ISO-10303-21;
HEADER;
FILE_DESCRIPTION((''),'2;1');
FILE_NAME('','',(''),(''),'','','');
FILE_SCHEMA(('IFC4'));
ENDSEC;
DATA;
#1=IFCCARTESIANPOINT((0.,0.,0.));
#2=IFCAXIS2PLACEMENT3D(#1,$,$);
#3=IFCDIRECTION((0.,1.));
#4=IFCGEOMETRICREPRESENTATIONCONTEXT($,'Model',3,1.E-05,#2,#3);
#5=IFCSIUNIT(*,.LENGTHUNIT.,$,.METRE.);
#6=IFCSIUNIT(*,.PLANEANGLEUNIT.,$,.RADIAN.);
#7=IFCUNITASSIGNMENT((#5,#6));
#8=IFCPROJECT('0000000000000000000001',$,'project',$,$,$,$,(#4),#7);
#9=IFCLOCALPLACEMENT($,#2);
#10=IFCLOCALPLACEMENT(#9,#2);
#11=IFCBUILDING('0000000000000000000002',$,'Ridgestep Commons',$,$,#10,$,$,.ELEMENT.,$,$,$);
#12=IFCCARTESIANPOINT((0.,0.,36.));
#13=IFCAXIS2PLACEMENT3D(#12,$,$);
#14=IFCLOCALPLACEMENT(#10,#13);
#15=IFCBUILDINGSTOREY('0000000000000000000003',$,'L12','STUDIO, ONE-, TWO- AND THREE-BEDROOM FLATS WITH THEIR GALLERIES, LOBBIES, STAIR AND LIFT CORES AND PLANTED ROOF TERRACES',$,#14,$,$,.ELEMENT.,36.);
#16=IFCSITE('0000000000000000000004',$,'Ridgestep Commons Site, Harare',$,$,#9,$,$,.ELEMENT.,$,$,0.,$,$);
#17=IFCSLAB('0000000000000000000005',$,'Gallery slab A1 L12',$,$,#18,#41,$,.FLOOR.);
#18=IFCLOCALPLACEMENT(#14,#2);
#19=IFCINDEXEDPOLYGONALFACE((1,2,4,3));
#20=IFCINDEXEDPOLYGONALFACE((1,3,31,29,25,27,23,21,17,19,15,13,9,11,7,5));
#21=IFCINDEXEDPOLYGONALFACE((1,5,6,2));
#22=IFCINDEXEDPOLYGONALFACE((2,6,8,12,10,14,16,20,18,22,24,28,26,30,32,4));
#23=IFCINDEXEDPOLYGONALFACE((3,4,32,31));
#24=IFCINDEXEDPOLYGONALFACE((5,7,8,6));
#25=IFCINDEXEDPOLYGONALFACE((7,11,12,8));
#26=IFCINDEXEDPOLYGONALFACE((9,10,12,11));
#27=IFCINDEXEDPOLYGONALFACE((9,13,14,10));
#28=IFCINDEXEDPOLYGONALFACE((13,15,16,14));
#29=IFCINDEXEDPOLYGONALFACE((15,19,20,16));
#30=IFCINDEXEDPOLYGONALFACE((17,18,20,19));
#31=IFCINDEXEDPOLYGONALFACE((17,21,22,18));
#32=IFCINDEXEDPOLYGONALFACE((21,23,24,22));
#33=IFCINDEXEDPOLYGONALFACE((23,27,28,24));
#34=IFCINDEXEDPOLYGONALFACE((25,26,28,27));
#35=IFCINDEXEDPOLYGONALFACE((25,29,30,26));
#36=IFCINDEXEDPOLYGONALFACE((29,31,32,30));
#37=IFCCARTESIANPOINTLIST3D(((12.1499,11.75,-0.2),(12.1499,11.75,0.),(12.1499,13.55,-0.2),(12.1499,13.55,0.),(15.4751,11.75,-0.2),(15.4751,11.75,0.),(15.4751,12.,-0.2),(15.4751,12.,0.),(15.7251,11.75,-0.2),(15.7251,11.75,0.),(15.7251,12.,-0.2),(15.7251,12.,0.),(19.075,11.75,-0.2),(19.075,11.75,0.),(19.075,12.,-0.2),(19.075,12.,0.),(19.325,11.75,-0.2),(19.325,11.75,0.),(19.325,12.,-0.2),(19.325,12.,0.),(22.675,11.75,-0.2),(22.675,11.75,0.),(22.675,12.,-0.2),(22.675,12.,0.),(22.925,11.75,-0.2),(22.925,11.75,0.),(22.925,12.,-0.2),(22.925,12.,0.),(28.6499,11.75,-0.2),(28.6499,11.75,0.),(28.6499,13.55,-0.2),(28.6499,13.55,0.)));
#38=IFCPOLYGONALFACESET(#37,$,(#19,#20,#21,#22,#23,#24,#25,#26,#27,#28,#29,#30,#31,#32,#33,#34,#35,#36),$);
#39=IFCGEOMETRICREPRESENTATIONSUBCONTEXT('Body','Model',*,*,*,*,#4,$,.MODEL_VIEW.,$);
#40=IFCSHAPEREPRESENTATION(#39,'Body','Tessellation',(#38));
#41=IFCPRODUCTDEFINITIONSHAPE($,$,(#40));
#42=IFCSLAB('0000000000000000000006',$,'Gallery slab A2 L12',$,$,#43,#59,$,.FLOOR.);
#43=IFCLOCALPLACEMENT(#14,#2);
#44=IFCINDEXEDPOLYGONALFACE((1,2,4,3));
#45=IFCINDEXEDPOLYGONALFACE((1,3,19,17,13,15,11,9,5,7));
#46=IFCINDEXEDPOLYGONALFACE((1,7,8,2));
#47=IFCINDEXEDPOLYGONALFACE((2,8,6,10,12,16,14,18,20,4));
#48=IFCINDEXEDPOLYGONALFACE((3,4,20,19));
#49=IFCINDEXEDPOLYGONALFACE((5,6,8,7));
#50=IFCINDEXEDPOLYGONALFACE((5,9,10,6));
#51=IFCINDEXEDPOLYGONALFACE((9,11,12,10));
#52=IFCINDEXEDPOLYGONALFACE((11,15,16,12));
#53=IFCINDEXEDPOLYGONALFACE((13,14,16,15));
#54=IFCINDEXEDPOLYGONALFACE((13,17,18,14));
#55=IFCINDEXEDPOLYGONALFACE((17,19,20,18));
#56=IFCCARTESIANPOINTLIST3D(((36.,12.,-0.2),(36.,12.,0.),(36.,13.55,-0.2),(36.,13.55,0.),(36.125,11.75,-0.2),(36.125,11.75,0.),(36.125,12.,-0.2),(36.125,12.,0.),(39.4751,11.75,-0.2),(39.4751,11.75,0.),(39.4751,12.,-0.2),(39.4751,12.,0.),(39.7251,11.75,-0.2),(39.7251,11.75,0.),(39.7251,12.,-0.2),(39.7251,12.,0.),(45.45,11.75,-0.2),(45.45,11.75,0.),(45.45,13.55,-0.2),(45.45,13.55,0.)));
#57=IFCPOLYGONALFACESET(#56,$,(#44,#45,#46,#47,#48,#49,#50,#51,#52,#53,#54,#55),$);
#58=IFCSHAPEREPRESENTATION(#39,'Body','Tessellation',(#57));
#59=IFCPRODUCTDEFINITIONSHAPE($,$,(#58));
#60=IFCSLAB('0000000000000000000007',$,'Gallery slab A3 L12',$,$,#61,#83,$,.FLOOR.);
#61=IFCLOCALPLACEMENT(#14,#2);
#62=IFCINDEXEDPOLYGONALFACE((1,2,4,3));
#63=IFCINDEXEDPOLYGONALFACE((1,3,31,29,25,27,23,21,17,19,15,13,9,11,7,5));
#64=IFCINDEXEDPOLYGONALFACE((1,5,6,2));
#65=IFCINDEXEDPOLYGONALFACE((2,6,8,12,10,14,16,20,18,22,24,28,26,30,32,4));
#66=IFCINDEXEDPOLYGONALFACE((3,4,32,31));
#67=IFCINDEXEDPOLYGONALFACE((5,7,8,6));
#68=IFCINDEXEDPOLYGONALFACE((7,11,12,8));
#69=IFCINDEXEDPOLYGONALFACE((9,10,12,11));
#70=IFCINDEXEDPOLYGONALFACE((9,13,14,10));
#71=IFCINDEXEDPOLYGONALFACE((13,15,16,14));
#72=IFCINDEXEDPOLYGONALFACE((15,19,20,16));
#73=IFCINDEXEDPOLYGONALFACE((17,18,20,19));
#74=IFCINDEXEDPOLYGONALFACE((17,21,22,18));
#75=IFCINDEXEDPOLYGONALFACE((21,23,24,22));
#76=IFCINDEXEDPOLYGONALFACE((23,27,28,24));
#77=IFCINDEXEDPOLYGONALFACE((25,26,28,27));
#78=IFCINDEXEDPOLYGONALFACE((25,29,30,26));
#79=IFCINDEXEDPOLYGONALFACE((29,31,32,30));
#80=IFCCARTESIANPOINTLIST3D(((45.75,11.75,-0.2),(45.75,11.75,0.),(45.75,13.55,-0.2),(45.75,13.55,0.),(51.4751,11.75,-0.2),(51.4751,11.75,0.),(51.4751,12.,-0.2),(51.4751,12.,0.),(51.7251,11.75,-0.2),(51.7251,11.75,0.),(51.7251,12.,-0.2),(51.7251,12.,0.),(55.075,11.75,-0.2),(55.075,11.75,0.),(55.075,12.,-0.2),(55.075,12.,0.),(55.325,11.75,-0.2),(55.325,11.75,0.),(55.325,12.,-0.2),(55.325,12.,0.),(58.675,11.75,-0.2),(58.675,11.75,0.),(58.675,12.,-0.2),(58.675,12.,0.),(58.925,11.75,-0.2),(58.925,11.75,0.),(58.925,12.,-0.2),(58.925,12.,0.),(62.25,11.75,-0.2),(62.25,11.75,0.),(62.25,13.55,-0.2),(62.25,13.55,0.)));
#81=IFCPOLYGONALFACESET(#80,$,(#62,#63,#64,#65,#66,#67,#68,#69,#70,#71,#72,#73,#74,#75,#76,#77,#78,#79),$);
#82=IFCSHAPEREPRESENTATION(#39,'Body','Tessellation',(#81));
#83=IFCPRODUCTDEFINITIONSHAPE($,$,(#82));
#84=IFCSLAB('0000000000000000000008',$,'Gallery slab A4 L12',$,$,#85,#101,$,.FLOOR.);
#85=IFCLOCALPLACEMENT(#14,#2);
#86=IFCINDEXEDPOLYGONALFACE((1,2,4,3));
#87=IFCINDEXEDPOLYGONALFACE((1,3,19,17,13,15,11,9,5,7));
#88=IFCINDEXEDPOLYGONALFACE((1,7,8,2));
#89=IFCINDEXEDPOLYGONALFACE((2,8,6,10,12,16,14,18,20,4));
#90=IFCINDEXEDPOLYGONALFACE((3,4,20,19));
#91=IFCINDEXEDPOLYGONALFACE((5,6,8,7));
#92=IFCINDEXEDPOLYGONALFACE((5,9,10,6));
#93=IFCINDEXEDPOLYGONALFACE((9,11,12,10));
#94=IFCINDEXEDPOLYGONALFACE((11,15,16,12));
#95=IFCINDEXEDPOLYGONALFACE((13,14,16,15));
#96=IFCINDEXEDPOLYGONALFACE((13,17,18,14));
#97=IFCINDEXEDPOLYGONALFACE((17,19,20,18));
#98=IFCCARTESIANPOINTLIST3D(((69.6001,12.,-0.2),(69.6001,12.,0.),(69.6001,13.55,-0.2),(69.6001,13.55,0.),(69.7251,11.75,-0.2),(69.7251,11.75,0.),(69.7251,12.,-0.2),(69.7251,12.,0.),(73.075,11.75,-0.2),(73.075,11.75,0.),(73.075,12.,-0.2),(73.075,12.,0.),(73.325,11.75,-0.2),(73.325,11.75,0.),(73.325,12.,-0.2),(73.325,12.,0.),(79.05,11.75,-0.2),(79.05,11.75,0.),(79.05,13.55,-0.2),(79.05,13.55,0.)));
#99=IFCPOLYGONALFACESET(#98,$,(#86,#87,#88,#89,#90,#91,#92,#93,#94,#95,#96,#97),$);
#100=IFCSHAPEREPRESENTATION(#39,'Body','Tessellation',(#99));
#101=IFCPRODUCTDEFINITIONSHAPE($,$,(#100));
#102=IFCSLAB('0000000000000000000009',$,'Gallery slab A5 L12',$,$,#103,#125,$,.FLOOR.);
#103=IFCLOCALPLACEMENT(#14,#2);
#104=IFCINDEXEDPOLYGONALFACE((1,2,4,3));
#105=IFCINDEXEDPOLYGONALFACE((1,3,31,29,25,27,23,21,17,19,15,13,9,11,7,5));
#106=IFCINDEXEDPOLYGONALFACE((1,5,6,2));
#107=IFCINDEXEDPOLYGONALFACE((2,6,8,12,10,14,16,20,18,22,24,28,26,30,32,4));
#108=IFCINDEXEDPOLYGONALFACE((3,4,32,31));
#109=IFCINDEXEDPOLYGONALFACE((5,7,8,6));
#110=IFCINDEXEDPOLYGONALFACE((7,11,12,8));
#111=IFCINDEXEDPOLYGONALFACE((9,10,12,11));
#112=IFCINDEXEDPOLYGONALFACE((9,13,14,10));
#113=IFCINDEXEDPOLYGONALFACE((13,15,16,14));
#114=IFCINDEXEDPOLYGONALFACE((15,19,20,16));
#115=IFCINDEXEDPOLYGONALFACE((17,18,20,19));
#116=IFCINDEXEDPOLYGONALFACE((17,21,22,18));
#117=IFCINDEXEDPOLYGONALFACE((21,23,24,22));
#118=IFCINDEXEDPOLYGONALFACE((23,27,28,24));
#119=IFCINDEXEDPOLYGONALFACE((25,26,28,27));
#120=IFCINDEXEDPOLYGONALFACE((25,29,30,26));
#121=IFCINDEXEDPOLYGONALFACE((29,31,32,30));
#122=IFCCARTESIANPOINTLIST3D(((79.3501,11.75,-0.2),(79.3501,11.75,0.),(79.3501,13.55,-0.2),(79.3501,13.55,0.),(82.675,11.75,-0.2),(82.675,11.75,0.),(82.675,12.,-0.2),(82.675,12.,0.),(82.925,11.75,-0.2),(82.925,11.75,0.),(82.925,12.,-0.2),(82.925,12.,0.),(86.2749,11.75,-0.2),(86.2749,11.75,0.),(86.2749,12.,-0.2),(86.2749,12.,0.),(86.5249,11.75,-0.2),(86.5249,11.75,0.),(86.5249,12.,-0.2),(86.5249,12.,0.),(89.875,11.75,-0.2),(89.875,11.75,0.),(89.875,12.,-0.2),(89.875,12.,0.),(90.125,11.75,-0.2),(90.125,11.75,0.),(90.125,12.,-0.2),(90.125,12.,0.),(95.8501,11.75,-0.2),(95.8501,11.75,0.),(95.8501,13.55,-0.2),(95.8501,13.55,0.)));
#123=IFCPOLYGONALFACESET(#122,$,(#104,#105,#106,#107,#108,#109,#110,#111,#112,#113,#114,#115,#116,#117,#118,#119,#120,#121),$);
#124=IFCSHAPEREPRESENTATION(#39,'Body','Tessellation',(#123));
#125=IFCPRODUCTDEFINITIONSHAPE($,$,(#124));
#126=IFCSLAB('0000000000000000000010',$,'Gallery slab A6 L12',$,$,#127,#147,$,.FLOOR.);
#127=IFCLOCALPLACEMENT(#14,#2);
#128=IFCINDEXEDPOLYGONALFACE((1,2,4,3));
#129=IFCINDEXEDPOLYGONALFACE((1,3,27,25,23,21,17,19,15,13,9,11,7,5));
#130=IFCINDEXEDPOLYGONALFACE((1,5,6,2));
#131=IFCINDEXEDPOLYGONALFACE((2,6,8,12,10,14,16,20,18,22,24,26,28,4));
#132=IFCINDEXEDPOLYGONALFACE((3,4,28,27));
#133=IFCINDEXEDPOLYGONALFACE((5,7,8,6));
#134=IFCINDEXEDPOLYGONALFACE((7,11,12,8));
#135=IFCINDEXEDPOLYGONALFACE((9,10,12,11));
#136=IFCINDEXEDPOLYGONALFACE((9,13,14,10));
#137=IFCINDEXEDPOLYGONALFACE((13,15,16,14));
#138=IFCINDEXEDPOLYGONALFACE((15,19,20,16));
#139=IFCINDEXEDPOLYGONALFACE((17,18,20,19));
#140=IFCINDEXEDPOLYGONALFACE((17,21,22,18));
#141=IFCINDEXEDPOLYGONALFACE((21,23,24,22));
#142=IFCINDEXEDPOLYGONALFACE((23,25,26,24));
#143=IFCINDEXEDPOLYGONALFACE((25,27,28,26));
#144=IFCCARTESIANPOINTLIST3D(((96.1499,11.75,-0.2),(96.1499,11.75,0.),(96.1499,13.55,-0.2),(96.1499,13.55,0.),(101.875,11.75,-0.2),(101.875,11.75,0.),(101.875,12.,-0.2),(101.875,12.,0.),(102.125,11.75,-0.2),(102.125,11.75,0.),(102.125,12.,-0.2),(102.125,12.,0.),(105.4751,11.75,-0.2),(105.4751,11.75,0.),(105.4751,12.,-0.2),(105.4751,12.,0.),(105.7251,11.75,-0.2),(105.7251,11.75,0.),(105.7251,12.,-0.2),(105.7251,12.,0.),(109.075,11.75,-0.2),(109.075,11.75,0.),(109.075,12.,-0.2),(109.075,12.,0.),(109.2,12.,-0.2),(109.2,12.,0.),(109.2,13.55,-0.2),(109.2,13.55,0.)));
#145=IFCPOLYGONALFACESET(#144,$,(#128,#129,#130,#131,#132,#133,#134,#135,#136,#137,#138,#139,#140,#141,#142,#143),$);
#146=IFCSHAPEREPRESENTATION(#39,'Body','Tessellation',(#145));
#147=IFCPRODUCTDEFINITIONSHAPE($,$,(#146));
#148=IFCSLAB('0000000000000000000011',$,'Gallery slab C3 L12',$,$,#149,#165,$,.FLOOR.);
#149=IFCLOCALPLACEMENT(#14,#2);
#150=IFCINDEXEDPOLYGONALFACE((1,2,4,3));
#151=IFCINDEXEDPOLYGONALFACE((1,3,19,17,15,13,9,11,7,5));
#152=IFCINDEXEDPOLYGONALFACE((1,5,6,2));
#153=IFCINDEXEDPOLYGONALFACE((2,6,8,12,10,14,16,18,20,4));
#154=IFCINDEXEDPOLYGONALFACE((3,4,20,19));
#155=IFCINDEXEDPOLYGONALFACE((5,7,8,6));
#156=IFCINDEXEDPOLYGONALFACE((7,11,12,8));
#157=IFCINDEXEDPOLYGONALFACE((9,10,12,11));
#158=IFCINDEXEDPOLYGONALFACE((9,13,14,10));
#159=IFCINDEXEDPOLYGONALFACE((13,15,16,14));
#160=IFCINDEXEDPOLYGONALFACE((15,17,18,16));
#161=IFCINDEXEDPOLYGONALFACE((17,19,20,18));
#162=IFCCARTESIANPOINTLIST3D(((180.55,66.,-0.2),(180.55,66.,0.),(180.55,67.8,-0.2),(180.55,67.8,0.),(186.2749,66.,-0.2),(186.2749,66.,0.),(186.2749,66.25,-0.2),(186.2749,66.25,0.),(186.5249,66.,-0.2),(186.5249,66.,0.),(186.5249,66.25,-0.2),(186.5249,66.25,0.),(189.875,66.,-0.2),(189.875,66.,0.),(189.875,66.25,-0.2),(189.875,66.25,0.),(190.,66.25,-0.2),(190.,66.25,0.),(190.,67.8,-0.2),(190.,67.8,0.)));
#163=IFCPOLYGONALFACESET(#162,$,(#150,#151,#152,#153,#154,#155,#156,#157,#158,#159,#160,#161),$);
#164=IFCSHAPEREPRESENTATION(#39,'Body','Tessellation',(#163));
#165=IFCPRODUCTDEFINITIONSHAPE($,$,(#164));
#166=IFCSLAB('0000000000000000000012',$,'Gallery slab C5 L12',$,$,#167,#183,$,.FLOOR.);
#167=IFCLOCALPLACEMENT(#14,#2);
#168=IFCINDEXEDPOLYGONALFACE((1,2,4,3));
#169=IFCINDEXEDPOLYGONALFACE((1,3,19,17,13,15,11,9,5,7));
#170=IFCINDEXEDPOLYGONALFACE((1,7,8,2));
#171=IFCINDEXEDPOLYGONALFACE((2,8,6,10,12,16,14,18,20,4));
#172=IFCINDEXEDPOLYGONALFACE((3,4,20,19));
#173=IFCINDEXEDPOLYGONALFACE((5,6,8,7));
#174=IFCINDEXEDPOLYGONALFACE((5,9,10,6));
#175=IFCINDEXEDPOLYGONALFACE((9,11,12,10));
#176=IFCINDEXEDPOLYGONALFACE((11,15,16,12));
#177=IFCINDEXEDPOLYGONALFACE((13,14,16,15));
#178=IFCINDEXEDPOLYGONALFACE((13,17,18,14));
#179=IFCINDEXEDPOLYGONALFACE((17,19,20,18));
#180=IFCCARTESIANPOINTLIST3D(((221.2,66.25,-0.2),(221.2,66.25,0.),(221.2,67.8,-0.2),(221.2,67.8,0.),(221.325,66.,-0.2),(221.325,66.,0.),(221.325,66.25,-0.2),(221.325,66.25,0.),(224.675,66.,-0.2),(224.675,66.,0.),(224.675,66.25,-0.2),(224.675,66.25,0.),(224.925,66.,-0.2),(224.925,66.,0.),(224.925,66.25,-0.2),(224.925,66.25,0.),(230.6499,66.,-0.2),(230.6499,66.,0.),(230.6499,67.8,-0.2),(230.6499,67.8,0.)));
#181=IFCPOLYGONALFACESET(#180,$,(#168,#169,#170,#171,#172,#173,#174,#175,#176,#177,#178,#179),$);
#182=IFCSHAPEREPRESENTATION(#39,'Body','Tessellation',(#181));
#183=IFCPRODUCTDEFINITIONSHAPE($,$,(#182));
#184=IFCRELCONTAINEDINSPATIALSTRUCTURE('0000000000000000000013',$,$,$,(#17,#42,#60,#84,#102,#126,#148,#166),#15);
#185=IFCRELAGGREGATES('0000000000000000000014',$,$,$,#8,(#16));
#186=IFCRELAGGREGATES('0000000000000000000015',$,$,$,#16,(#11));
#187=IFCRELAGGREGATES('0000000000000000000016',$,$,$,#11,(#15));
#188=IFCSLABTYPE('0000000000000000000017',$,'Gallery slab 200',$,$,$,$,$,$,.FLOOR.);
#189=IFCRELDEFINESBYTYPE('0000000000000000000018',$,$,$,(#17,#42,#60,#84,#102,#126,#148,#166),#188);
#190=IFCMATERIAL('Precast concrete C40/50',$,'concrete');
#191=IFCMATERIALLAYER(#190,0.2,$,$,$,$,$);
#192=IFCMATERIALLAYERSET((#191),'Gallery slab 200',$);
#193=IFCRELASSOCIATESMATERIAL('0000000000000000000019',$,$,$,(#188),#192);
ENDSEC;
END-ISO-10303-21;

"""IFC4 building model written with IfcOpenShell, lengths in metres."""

from ifc_helpers import new_model, si_unit, direction, frame, origin, place, context, subcontext, project, spatial, polyline, outline, extrude, material, layer, layer_set, type_object, element, save


model = new_model("IFC4")

# Units and contexts
model_context = context("Model", 3, precision=1e-05, world=origin(), true_north=direction((0.0, 1.0)))
body_context = subcontext(model_context, "Body", "Model", "MODEL_VIEW")
ifc_project = project(units=[si_unit("LENGTHUNIT", "METRE"), si_unit("PLANEANGLEUNIT", "RADIAN")], contexts=[model_context])

# Site, building, storey
site_placement = place(None, origin())
site = spatial("IfcSite", under=ifc_project, at=site_placement, Name="Ridgestep Commons Site, Harare", CompositionType="ELEMENT", RefElevation=0.0)
building_placement = place(site_placement, origin())
building = spatial("IfcBuilding", under=site, at=building_placement, Name="Ridgestep Commons", CompositionType="ELEMENT")
storey_placement = place(building_placement, frame((0.0, 0.0, 36.0)))
storey = spatial("IfcBuildingStorey", under=building, at=storey_placement, Name="L12", Description="STUDIO, ONE-, TWO- AND THREE-BEDROOM FLATS WITH THEIR GALLERIES, LOBBIES, STAIR AND LIFT CORES AND PLANTED ROOF TERRACES", CompositionType="ELEMENT", Elevation=36.0)

# Slabs
ifc_material_1 = material(Name="Precast concrete C40/50", Category="concrete")
ifc_layer_1 = layer(ifc_material_1, 0.2)
ifc_layer_set_1 = layer_set([ifc_layer_1], Name="Gallery slab 200")
slab_type_1 = type_object("IfcSlabType", Name="Gallery slab 200", PredefinedType="FLOOR", material=ifc_layer_set_1)
slab_1_placement = place(storey_placement, frame((0.0, 0.0, -0.2)))
element("IfcSlab", 1, at=slab_1_placement, inside=storey, type_object=slab_type_1, Name="Gallery slab A1 L12", PredefinedType="FLOOR", context=body_context, shape_type="SweptSolid", body=[
    extrude(outline(polyline([(28.6499, 13.55), (12.1499, 13.55), (12.1499, 11.75), (15.4751, 11.75), (15.4751, 12.0), (15.7251, 12.0), (15.7251, 11.75), (19.075, 11.75), (19.075, 12.0), (19.325, 12.0), (19.325, 11.75), (22.675, 11.75), (22.675, 12.0), (22.925, 12.0), (22.925, 11.75), (28.6499, 11.75), (28.6499, 13.55)])), origin(), (0.0, 0.0, 1.0), 0.2),
])
slab_2_placement = place(storey_placement, frame((0.0, 0.0, -0.2)))
element("IfcSlab", 2, at=slab_2_placement, inside=storey, type_object=slab_type_1, Name="Gallery slab A2 L12", PredefinedType="FLOOR", context=body_context, shape_type="SweptSolid", body=[
    extrude(outline(polyline([(45.45, 13.55), (36.0, 13.55), (36.0, 12.0), (36.125, 12.0), (36.125, 11.75), (39.4751, 11.75), (39.4751, 12.0), (39.7251, 12.0), (39.7251, 11.75), (45.45, 11.75), (45.45, 13.55)])), origin(), (0.0, 0.0, 1.0), 0.2),
])
slab_3_placement = place(storey_placement, frame((0.0, 0.0, -0.2)))
element("IfcSlab", 3, at=slab_3_placement, inside=storey, type_object=slab_type_1, Name="Gallery slab A3 L12", PredefinedType="FLOOR", context=body_context, shape_type="SweptSolid", body=[
    extrude(outline(polyline([(62.25, 13.55), (45.75, 13.55), (45.75, 11.75), (51.4751, 11.75), (51.4751, 12.0), (51.7251, 12.0), (51.7251, 11.75), (55.075, 11.75), (55.075, 12.0), (55.325, 12.0), (55.325, 11.75), (58.675, 11.75), (58.675, 12.0), (58.925, 12.0), (58.925, 11.75), (62.25, 11.75), (62.25, 13.55)])), origin(), (0.0, 0.0, 1.0), 0.2),
])
slab_4_placement = place(storey_placement, frame((0.0, 0.0, -0.2)))
element("IfcSlab", 4, at=slab_4_placement, inside=storey, type_object=slab_type_1, Name="Gallery slab A4 L12", PredefinedType="FLOOR", context=body_context, shape_type="SweptSolid", body=[
    extrude(outline(polyline([(79.05, 13.55), (69.6001, 13.55), (69.6001, 12.0), (69.7251, 12.0), (69.7251, 11.75), (73.075, 11.75), (73.075, 12.0), (73.325, 12.0), (73.325, 11.75), (79.05, 11.75), (79.05, 13.55)])), origin(), (0.0, 0.0, 1.0), 0.2),
])
slab_5_placement = place(storey_placement, frame((0.0, 0.0, -0.2)))
element("IfcSlab", 5, at=slab_5_placement, inside=storey, type_object=slab_type_1, Name="Gallery slab A5 L12", PredefinedType="FLOOR", context=body_context, shape_type="SweptSolid", body=[
    extrude(outline(polyline([(95.8501, 13.55), (79.3501, 13.55), (79.3501, 11.75), (82.675, 11.75), (82.675, 12.0), (82.925, 12.0), (82.925, 11.75), (86.2749, 11.75), (86.2749, 12.0), (86.5249, 12.0), (86.5249, 11.75), (89.875, 11.75), (89.875, 12.0), (90.125, 12.0), (90.125, 11.75), (95.8501, 11.75), (95.8501, 13.55)])), origin(), (0.0, 0.0, 1.0), 0.2),
])
slab_6_placement = place(storey_placement, frame((0.0, 0.0, -0.2)))
element("IfcSlab", 6, at=slab_6_placement, inside=storey, type_object=slab_type_1, Name="Gallery slab A6 L12", PredefinedType="FLOOR", context=body_context, shape_type="SweptSolid", body=[
    extrude(outline(polyline([(109.2, 13.55), (96.1499, 13.55), (96.1499, 11.75), (101.875, 11.75), (101.875, 12.0), (102.125, 12.0), (102.125, 11.75), (105.4751, 11.75), (105.4751, 12.0), (105.7251, 12.0), (105.7251, 11.75), (109.075, 11.75), (109.075, 12.0), (109.2, 12.0), (109.2, 13.55)])), origin(), (0.0, 0.0, 1.0), 0.2),
])
slab_7_placement = place(storey_placement, frame((0.0, 0.0, -0.2)))
element("IfcSlab", 7, at=slab_7_placement, inside=storey, type_object=slab_type_1, Name="Gallery slab C3 L12", PredefinedType="FLOOR", context=body_context, shape_type="SweptSolid", body=[
    extrude(outline(polyline([(180.55, 67.8), (180.55, 66.0), (186.2749, 66.0), (186.2749, 66.25), (186.5249, 66.25), (186.5249, 66.0), (189.875, 66.0), (189.875, 66.25), (190.0, 66.25), (190.0, 67.8), (180.55, 67.8)])), origin(), (0.0, 0.0, 1.0), 0.2),
])
slab_8_placement = place(storey_placement, frame((0.0, 0.0, -0.2)))
element("IfcSlab", 8, at=slab_8_placement, inside=storey, type_object=slab_type_1, Name="Gallery slab C5 L12", PredefinedType="FLOOR", context=body_context, shape_type="SweptSolid", body=[
    extrude(outline(polyline([(230.6499, 67.8), (221.2, 67.8), (221.2, 66.25), (221.325, 66.25), (221.325, 66.0), (224.675, 66.0), (224.675, 66.25), (224.925, 66.25), (224.925, 66.0), (230.6499, 66.0), (230.6499, 67.8)])), origin(), (0.0, 0.0, 1.0), 0.2),
])

save(model, "model.ifc")
